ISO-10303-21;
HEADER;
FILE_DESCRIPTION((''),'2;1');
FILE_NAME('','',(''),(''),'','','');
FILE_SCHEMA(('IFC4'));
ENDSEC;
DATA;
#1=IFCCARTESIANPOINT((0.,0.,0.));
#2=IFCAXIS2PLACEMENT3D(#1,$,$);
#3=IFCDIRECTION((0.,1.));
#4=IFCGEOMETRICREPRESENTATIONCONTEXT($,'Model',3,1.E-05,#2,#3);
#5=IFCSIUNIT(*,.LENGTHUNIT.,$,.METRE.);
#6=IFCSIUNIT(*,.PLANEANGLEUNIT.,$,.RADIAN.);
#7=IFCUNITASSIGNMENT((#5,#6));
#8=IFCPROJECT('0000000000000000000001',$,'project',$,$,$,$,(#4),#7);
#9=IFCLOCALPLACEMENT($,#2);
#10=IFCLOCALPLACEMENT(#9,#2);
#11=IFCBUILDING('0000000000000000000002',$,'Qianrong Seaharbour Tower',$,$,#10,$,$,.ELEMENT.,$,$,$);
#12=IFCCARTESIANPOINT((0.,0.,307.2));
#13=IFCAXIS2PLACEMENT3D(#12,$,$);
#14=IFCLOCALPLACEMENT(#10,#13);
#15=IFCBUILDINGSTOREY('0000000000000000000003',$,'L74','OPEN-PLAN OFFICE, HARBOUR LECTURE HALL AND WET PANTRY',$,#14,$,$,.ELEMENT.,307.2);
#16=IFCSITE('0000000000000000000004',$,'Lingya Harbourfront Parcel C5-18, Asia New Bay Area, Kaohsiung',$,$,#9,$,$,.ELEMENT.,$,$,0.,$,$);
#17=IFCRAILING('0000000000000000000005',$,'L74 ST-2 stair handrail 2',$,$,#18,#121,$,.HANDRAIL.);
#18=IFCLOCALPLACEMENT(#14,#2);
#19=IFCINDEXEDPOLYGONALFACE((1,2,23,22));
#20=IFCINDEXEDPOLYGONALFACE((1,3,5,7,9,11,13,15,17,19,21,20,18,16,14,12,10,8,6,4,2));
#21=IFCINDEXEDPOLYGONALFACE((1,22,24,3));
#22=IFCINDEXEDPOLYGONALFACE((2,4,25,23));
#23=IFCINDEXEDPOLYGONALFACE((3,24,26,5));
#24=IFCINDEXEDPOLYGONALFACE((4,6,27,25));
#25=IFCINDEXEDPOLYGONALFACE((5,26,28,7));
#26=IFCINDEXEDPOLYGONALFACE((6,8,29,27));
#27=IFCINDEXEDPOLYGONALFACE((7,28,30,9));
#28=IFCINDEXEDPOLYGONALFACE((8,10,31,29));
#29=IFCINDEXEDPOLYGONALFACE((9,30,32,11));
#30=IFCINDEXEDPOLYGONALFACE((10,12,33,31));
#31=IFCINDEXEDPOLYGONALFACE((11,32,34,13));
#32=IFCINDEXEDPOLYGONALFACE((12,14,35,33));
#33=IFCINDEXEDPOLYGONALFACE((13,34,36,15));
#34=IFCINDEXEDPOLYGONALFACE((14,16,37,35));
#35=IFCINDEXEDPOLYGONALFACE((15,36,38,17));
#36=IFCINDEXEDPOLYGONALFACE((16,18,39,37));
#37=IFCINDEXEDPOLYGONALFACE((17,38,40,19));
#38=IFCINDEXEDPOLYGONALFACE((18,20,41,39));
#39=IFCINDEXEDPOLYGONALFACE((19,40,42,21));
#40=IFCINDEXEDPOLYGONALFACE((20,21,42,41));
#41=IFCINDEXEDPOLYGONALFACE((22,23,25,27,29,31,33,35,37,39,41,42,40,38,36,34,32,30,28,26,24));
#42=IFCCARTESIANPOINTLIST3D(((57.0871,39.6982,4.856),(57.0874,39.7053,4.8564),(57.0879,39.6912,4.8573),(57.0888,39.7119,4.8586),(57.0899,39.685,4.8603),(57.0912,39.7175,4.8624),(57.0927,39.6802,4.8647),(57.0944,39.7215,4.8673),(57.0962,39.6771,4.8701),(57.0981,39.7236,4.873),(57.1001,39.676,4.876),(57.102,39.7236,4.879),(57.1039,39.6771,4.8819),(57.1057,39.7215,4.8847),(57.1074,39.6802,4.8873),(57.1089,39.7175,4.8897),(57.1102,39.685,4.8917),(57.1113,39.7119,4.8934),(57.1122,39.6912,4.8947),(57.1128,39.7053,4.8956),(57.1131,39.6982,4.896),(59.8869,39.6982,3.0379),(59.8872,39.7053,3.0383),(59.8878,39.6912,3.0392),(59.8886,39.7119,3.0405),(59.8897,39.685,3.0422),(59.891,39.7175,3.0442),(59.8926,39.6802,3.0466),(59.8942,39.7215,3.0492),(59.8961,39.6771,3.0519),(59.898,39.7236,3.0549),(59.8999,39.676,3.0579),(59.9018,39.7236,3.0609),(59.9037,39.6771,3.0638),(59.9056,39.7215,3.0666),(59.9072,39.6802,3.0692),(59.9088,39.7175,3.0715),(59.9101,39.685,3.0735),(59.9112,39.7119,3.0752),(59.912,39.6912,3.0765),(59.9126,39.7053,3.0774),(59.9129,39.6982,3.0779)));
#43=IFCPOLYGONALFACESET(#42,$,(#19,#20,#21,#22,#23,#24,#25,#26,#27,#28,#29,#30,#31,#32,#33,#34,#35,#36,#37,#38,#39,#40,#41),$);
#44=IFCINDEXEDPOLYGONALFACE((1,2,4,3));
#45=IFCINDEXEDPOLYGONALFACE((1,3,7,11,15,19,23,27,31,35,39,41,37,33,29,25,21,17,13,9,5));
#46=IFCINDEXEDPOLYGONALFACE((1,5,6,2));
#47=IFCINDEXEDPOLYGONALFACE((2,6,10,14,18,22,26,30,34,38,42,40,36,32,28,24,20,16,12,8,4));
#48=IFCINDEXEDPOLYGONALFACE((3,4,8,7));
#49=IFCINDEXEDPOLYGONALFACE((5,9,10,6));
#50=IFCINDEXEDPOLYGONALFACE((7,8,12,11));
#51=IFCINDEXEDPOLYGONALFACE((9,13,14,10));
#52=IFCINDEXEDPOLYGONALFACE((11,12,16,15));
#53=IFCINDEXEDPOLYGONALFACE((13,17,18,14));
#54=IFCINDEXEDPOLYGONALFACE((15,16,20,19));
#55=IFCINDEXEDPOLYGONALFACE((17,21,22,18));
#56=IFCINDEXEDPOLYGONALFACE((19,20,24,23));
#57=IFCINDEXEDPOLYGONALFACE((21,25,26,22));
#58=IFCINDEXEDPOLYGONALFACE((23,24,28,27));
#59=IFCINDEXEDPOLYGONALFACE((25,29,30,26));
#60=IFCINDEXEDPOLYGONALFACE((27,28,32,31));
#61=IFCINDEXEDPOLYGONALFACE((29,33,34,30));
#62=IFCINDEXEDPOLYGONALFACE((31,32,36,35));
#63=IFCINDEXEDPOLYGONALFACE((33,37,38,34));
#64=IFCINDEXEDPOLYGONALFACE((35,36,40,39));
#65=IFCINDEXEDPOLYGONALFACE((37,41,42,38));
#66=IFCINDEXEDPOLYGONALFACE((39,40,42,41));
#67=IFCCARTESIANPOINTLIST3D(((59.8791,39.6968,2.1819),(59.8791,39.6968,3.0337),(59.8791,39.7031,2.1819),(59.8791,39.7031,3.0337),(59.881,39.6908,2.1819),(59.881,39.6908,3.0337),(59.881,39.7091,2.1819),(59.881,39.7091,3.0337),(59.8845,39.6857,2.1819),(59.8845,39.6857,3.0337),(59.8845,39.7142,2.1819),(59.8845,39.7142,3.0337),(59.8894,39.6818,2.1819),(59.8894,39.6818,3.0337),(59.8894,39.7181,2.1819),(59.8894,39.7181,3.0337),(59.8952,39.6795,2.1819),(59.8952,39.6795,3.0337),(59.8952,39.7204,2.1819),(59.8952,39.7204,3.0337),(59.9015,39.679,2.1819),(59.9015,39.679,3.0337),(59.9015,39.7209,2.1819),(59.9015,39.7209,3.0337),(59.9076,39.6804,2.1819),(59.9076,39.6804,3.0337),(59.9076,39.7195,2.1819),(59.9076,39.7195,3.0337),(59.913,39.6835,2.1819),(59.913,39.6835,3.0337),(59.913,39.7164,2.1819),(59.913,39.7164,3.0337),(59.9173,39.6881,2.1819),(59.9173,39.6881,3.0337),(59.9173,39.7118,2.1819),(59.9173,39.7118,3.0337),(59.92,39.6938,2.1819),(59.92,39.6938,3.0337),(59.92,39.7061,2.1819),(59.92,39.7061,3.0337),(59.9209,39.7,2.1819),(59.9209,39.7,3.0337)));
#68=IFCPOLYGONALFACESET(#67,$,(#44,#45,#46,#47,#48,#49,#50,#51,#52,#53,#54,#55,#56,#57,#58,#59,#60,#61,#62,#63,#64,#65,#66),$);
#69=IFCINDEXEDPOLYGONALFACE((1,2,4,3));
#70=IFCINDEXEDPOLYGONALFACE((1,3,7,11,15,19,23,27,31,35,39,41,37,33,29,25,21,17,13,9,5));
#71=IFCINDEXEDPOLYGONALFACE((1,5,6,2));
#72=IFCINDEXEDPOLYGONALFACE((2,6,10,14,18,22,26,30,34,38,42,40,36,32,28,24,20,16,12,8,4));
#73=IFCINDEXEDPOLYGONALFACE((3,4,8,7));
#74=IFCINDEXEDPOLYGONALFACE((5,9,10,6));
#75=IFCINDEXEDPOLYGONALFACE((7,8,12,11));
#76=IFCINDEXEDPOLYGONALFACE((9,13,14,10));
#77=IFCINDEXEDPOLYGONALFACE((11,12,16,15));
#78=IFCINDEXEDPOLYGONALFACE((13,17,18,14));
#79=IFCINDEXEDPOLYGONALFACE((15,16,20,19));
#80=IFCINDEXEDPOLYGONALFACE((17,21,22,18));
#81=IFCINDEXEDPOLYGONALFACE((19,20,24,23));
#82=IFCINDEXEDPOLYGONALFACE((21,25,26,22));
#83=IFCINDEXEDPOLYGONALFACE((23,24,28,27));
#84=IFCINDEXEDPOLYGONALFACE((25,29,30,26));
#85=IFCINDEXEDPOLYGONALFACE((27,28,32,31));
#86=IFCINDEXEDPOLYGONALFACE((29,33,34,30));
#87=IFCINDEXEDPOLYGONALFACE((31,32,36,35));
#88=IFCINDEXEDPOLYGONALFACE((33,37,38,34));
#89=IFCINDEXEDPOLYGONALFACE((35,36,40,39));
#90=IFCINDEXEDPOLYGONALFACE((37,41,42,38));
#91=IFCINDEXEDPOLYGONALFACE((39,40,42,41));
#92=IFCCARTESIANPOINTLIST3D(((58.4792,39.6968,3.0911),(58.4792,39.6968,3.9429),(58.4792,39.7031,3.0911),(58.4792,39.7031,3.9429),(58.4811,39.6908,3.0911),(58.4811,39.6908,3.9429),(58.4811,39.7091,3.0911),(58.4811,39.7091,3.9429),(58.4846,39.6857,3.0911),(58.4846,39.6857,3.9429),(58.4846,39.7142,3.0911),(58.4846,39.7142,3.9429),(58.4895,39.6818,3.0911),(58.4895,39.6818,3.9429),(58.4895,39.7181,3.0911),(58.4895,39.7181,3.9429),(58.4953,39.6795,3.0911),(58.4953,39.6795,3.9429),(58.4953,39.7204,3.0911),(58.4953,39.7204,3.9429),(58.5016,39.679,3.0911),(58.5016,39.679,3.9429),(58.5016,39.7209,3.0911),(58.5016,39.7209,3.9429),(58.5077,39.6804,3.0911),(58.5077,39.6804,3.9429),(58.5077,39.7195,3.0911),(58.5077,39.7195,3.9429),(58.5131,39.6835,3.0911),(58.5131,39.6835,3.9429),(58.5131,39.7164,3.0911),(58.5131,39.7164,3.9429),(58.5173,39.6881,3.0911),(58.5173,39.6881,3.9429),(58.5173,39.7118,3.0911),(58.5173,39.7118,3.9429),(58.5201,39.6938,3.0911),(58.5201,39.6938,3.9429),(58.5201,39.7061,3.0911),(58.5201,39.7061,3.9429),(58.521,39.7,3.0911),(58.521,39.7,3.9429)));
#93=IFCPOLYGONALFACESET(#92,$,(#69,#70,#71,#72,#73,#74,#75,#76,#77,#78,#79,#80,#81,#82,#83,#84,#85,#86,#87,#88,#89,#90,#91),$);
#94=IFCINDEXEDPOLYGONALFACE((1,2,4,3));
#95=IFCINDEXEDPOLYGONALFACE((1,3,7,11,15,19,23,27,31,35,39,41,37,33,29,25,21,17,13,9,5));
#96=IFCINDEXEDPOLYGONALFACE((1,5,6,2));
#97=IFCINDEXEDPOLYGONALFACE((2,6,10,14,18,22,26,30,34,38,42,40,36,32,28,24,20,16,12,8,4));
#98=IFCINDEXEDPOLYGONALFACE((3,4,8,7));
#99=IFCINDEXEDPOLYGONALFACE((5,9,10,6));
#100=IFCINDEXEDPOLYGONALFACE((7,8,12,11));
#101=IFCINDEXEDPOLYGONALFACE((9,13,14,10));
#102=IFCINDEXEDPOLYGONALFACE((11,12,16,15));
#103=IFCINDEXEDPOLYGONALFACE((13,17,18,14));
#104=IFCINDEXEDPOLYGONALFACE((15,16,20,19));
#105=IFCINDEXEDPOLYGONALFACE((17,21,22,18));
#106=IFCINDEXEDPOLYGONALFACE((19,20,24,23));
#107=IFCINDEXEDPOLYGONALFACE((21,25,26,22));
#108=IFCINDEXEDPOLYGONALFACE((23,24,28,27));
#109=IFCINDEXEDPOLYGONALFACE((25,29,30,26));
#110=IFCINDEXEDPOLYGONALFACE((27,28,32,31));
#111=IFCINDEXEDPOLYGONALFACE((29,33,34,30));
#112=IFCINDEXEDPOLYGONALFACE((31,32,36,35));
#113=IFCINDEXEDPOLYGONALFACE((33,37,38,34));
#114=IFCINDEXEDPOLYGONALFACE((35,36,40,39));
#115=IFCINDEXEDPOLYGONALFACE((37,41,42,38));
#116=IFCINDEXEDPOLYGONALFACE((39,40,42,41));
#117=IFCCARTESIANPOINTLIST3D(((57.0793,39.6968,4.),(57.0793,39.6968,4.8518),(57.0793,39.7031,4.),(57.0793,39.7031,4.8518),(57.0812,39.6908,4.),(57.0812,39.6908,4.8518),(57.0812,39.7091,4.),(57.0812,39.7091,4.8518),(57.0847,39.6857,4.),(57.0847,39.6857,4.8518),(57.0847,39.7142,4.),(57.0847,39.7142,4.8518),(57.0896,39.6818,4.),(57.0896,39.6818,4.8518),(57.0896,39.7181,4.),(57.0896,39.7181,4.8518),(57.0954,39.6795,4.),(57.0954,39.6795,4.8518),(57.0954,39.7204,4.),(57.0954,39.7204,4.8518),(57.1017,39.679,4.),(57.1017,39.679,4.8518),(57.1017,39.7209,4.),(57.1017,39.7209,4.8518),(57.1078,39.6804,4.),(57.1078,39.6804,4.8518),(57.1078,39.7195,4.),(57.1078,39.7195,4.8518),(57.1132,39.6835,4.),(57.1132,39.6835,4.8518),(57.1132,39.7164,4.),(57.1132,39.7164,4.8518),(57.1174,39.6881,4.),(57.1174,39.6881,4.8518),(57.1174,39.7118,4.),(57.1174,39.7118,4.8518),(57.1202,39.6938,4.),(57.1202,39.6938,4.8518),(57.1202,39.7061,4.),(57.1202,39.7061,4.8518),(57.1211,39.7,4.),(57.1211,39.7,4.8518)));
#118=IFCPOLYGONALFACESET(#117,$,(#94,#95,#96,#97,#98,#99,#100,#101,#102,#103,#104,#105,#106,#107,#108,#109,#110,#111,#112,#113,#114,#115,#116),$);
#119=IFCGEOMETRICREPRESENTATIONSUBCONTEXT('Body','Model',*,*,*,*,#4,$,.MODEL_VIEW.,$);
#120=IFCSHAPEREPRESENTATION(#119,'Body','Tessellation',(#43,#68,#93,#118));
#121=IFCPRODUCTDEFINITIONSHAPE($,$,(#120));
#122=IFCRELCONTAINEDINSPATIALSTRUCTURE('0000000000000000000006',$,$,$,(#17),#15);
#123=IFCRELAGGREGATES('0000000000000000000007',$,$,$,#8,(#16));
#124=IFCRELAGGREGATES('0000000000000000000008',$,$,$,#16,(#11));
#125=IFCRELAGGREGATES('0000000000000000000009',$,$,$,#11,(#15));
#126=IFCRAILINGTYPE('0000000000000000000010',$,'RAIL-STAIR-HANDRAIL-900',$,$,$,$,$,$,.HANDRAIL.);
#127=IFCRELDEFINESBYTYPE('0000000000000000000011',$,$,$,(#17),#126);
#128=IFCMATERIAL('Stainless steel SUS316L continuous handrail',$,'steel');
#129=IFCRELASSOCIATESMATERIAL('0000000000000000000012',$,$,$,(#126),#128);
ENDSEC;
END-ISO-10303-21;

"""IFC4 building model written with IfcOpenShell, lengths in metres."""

from ifc_helpers import new_model, si_unit, direction, frame, origin, origin_2d, place, context, subcontext, project, spatial, circle, extrude, material, type_object, element, save


model = new_model("IFC4")

# Units and contexts
model_context = context("Model", 3, precision=1e-05, world=origin(), true_north=direction((0.0, 1.0)))
body_context = subcontext(model_context, "Body", "Model", "MODEL_VIEW")
ifc_project = project(units=[si_unit("LENGTHUNIT", "METRE"), si_unit("PLANEANGLEUNIT", "RADIAN")], contexts=[model_context])

# Site, building, storey
site_placement = place(None, origin())
site = spatial("IfcSite", under=ifc_project, at=site_placement, Name="Lingya Harbourfront Parcel C5-18, Asia New Bay Area, Kaohsiung", CompositionType="ELEMENT", RefElevation=0.0)
building_placement = place(site_placement, origin())
building = spatial("IfcBuilding", under=site, at=building_placement, Name="Qianrong Seaharbour Tower", CompositionType="ELEMENT")
storey_placement = place(building_placement, frame((0.0, 0.0, 307.2)))
storey = spatial("IfcBuildingStorey", under=building, at=storey_placement, Name="L74", Description="OPEN-PLAN OFFICE, HARBOUR LECTURE HALL AND WET PANTRY", CompositionType="ELEMENT", Elevation=307.2)

# Railing
ifc_material_1 = material(Name="Stainless steel SUS316L continuous handrail", Category="steel")
railing_type_1 = type_object("IfcRailingType", Name="RAIL-STAIR-HANDRAIL-900", PredefinedType="HANDRAIL", material=ifc_material_1)
railing_1_placement = place(storey_placement, frame((59.8999, 39.7, 2.1819)))
element("IfcRailing", 1, at=railing_1_placement, inside=storey, type_object=railing_type_1, Name="L74 ST-2 stair handrail 2", PredefinedType="HANDRAIL", context=body_context, shape_type="SweptSolid", body=[
    extrude(circle(Radius=0.0239, at=origin_2d()), frame((0.0, 0.0, 0.876), z_axis=(-0.838684, 0.0, 0.544618), x_axis=(0.0, -1.0, 0.0)), (0.0, 0.0, 1.0), 3.3384),
    extrude(circle(Radius=0.021, at=origin_2d()), origin(), (0.0, 0.0, 1.0), 0.8518),
    extrude(circle(Radius=0.021, at=origin_2d()), frame((-1.3999, 0.0, 0.9092)), (0.0, 0.0, 1.0), 0.8518),
    extrude(circle(Radius=0.021, at=origin_2d()), frame((-2.7998, 0.0, 1.8181)), (0.0, 0.0, 1.0), 0.8518),
])

save(model, "model.ifc")
